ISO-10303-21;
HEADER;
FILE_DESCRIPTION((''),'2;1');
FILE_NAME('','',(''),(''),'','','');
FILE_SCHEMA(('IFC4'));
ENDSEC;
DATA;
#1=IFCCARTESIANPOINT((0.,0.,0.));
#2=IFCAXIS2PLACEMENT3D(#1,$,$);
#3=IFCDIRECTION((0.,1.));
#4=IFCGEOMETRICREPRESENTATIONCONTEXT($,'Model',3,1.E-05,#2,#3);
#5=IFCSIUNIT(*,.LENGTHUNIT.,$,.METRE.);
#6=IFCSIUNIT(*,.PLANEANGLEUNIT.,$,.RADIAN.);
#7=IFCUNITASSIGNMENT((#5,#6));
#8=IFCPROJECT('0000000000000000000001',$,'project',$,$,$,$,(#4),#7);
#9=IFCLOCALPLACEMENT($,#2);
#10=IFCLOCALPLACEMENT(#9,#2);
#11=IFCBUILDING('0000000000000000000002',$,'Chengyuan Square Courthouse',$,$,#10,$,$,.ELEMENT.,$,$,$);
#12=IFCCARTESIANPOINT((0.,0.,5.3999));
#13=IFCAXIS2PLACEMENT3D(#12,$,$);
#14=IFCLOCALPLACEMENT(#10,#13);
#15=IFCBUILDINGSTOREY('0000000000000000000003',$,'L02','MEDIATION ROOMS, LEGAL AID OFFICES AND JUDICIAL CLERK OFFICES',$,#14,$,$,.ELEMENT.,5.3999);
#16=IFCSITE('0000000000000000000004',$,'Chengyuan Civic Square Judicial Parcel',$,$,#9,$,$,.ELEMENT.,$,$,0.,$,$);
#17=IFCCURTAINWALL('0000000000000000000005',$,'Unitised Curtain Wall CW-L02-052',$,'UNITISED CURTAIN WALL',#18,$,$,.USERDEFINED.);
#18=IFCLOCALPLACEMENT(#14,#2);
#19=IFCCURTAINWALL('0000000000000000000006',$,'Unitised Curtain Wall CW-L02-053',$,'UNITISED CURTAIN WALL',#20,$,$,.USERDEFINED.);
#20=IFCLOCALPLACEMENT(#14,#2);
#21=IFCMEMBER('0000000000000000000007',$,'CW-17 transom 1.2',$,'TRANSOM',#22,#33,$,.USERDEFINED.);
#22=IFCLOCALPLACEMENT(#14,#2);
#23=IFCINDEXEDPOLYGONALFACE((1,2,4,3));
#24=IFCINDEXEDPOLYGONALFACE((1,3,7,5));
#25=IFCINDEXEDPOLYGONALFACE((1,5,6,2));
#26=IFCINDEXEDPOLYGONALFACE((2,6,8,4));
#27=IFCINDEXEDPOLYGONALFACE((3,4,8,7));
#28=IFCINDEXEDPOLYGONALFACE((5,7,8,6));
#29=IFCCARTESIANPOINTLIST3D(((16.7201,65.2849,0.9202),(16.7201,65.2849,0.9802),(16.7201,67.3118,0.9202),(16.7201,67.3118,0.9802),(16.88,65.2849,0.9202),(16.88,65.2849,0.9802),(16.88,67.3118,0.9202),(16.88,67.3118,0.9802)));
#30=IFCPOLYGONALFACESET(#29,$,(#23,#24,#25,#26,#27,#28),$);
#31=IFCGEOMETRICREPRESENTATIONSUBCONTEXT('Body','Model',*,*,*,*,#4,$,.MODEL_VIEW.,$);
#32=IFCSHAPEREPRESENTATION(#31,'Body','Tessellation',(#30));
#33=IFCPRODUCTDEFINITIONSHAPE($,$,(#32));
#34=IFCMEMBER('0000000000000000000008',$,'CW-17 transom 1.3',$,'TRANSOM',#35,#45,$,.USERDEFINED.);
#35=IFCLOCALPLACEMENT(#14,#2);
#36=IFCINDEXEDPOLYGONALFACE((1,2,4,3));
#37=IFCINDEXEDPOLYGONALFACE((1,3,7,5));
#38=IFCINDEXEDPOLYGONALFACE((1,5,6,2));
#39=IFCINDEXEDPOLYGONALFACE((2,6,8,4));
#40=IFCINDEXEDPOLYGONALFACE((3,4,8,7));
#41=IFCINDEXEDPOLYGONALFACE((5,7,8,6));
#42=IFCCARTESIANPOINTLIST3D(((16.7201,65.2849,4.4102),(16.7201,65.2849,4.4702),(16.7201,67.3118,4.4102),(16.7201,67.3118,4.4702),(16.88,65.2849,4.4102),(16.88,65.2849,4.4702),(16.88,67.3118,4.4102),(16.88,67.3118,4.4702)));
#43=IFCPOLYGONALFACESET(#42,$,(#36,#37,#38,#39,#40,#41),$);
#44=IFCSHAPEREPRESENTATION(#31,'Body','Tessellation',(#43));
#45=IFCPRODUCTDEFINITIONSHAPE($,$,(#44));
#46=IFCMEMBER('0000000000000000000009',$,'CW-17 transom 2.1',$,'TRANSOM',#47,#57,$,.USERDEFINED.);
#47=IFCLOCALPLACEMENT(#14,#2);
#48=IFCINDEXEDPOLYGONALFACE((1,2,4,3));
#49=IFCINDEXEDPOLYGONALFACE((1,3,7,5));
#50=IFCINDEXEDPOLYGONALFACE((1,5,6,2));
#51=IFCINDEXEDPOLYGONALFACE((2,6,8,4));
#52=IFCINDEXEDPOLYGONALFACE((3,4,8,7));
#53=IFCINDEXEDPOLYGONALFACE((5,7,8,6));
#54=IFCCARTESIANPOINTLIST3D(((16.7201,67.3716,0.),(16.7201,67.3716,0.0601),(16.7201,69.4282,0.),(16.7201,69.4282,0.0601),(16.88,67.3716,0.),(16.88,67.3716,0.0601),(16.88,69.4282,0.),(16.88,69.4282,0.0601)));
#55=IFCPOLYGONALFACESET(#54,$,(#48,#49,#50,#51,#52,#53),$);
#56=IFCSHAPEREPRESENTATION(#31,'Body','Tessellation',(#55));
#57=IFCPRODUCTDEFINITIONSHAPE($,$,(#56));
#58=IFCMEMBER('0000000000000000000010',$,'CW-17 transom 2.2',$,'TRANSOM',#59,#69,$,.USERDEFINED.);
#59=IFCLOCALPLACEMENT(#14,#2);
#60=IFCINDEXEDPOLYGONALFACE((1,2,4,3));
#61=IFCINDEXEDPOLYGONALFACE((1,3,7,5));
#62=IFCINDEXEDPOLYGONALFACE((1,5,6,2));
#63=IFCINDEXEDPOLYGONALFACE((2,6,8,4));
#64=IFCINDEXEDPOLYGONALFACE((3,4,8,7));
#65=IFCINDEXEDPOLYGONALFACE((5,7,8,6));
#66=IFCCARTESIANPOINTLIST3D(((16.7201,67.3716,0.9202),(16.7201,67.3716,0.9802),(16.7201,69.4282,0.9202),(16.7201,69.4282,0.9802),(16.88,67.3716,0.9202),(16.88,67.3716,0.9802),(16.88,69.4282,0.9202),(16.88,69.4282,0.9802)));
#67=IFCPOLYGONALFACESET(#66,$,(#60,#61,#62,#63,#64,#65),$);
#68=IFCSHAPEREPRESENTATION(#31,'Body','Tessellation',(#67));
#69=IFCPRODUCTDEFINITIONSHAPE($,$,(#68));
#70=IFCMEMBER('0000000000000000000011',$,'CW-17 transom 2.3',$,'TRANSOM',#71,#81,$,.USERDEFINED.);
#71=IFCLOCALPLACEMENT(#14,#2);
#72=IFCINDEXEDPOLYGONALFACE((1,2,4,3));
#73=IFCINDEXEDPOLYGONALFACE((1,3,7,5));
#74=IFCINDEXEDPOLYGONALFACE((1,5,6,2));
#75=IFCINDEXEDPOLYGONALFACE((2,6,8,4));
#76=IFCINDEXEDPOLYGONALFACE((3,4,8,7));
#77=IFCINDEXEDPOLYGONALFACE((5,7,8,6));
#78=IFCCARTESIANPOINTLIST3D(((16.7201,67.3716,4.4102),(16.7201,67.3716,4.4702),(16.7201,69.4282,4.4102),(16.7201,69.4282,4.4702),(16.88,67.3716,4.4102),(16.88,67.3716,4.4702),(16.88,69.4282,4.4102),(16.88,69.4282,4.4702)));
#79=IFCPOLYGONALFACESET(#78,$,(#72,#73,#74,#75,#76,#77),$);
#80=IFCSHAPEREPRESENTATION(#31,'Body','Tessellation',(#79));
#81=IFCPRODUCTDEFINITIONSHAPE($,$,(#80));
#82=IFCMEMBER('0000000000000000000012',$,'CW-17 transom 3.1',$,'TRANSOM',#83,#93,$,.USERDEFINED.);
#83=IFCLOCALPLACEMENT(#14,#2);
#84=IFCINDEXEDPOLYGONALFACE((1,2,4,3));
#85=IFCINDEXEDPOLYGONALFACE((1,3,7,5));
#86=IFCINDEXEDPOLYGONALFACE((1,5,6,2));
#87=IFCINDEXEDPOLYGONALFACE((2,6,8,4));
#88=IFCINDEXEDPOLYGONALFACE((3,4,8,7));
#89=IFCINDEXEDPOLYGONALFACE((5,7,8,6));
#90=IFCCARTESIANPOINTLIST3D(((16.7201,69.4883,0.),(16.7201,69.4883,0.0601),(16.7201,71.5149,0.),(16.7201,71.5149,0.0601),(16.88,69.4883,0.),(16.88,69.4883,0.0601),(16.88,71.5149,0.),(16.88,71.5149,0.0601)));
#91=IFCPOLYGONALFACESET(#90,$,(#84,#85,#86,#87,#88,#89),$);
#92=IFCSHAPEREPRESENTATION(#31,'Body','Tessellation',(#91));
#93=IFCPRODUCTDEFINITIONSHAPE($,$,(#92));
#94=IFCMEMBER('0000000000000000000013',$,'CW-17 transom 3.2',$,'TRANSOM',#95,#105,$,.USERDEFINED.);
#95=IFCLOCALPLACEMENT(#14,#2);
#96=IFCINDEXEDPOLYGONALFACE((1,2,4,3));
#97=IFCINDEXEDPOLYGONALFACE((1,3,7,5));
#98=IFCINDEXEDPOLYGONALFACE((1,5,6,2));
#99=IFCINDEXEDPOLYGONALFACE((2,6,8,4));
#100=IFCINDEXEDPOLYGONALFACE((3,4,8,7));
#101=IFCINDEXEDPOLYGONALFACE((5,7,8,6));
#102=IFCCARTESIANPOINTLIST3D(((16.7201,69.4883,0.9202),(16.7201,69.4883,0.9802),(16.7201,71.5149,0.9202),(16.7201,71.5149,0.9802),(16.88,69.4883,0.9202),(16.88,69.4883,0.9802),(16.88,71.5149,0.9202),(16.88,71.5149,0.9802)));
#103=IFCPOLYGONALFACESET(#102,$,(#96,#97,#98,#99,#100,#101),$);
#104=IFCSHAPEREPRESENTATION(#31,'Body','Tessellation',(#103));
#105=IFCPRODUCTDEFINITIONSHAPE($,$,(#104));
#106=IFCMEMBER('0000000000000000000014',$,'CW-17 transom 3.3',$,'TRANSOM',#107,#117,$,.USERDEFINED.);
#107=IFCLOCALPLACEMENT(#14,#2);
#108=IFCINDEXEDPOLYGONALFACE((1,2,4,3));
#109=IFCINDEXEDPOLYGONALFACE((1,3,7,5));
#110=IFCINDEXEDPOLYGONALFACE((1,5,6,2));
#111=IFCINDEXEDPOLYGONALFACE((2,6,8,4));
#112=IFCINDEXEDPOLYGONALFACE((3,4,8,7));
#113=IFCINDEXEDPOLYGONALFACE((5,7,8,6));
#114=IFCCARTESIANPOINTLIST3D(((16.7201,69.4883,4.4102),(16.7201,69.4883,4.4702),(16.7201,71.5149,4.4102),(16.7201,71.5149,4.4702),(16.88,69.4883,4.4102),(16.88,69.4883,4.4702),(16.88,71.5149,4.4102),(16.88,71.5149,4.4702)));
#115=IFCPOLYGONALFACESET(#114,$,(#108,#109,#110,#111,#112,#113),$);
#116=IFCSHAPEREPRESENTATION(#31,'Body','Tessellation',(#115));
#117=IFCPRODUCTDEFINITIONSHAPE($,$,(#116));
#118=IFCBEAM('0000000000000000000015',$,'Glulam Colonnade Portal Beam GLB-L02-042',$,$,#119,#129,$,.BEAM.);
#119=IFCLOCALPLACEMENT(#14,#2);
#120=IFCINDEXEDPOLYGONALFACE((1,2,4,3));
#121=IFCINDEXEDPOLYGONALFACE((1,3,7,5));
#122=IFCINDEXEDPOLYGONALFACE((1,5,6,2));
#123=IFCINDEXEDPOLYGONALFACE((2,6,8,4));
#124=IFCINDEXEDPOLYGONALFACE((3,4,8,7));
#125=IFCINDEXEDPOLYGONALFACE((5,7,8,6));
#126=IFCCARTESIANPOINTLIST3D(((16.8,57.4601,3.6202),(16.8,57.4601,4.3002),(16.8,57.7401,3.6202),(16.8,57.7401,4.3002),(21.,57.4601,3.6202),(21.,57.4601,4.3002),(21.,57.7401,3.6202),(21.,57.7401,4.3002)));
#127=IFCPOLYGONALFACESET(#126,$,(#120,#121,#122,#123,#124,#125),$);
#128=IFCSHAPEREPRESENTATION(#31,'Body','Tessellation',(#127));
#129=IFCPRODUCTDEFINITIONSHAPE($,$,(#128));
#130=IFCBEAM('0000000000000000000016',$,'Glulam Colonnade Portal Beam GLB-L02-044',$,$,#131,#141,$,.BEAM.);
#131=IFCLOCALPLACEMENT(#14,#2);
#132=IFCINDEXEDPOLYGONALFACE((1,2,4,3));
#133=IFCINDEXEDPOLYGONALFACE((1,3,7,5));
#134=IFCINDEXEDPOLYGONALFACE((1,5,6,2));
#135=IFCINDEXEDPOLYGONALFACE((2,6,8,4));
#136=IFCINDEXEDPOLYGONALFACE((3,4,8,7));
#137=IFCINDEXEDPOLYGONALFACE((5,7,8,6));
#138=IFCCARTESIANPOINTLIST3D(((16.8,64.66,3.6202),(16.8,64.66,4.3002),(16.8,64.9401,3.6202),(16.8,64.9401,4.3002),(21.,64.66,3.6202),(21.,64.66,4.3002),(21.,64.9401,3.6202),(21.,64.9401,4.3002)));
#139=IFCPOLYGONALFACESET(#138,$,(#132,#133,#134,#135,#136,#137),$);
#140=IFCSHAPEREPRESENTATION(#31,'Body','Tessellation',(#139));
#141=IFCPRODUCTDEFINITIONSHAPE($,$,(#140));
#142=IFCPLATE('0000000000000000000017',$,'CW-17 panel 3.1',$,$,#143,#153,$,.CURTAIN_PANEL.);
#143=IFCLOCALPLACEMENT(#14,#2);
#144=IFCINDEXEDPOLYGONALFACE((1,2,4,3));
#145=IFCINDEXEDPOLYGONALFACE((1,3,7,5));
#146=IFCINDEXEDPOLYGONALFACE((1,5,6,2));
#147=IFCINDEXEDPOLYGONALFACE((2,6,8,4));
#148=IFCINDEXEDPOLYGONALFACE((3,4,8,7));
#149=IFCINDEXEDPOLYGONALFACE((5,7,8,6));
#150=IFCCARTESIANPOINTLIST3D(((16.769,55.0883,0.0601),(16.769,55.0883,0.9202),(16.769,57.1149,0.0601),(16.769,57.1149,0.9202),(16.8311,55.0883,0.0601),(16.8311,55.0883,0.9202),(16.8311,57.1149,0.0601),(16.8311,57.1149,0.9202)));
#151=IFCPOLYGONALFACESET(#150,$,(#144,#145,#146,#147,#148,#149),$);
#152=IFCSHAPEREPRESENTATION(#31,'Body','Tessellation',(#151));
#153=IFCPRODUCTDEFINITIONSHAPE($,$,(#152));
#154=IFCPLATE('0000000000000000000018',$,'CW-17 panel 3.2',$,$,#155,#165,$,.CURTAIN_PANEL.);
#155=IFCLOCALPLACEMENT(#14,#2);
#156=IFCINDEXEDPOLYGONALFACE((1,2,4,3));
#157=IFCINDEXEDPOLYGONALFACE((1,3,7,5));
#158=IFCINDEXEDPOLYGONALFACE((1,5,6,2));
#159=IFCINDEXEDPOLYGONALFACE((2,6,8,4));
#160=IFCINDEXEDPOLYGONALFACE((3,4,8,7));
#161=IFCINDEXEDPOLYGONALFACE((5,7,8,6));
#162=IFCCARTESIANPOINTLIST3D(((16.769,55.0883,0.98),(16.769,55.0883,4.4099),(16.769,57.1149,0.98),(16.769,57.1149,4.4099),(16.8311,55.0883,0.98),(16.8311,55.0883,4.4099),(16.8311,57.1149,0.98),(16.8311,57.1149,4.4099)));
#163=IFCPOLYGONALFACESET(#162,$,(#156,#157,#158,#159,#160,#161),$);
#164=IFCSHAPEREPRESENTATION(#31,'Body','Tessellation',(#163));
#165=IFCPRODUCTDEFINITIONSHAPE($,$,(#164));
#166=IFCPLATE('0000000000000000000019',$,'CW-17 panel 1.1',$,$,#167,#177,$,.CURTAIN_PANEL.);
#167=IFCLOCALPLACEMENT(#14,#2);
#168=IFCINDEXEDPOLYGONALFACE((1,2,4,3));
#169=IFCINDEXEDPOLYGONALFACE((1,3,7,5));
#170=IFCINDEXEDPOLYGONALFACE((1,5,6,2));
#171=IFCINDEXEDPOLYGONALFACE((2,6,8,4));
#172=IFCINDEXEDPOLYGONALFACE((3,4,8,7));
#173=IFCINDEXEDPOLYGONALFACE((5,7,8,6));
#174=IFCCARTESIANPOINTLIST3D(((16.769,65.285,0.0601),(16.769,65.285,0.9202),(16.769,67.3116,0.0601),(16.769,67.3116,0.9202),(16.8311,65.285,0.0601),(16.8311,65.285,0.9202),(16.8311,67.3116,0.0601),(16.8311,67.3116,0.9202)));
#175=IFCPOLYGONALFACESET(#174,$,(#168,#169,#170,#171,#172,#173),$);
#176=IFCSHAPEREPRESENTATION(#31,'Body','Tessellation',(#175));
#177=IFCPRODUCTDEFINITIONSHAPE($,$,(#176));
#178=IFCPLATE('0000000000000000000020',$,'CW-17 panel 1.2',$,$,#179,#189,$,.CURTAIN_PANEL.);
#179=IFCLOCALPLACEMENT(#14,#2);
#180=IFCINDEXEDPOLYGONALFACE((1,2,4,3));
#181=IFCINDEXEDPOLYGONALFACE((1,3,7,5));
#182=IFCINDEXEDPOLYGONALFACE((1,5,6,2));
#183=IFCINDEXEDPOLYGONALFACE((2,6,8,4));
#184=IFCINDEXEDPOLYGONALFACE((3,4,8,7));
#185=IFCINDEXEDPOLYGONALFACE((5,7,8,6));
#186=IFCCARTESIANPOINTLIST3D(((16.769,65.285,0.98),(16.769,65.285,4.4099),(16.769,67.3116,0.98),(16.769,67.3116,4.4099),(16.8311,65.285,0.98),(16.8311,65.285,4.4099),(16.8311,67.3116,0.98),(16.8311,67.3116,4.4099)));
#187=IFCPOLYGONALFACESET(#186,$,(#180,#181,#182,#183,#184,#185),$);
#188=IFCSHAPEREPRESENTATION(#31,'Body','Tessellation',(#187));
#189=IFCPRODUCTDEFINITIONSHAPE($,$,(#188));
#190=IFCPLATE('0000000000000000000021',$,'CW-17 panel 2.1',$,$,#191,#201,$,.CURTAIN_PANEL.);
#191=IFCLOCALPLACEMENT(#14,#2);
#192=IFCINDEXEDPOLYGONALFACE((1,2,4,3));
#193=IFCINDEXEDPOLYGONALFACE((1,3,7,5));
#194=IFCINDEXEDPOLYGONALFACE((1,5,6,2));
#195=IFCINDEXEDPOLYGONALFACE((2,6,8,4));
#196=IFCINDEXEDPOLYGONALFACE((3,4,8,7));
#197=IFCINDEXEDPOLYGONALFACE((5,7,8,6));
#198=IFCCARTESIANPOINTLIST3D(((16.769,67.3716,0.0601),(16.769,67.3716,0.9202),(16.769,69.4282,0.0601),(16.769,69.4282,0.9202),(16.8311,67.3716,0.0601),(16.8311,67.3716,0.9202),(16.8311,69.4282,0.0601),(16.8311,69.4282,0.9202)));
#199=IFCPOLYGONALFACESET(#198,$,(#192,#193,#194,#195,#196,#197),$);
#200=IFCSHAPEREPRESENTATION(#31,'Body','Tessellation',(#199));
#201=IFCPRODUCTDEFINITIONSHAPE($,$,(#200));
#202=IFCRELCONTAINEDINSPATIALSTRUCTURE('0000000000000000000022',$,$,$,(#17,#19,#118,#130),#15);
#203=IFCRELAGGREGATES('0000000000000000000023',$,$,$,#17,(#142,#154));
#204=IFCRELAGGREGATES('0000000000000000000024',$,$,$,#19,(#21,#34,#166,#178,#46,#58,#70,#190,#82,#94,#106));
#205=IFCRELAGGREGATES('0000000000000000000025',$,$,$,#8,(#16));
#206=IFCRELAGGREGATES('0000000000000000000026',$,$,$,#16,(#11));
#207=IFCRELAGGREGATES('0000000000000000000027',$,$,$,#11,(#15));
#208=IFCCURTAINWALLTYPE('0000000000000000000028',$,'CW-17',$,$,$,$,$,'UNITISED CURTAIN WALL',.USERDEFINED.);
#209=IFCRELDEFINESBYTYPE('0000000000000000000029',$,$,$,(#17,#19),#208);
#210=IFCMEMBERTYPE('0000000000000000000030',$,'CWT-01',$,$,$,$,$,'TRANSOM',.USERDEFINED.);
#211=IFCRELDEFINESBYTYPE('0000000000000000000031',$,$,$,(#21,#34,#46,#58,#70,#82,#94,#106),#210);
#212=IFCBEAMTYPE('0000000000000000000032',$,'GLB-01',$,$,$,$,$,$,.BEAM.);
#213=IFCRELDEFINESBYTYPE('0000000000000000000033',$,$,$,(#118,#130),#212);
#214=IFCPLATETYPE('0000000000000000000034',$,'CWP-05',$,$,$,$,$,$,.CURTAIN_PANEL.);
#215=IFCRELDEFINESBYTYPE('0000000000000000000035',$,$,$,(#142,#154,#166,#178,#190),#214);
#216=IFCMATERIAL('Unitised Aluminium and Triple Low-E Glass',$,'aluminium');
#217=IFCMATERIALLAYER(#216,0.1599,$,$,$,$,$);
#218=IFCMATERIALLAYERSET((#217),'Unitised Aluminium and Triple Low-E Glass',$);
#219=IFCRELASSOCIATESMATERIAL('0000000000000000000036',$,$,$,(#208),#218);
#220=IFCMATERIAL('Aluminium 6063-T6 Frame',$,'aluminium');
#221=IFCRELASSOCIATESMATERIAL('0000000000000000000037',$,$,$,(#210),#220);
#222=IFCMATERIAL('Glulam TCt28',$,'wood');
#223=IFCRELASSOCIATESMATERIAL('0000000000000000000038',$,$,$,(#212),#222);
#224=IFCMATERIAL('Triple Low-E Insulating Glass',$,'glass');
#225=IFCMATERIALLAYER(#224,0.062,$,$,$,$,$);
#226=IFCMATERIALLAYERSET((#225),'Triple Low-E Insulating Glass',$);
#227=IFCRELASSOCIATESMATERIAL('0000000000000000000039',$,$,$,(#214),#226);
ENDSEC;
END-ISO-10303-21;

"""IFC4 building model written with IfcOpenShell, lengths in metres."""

from ifc_helpers import new_model, si_unit, direction, frame, origin, origin_2d, place, context, subcontext, project, spatial, rectangle, extrude, material, layer, layer_set, material_profile, profile_set, type_object, element, aggregate, save


model = new_model("IFC4")

# Units and contexts
model_context = context("Model", 3, precision=1e-05, world=origin(), true_north=direction((0.0, 1.0)))
body_context = subcontext(model_context, "Body", "Model", "MODEL_VIEW")
ifc_project = project(units=[si_unit("LENGTHUNIT", "METRE"), si_unit("PLANEANGLEUNIT", "RADIAN")], contexts=[model_context])

# Site, building, storey
site_placement = place(None, origin())
site = spatial("IfcSite", under=ifc_project, at=site_placement, Name="Chengyuan Civic Square Judicial Parcel", CompositionType="ELEMENT", RefElevation=0.0)
building_placement = place(site_placement, origin())
building = spatial("IfcBuilding", under=site, at=building_placement, Name="Chengyuan Square Courthouse", CompositionType="ELEMENT")
storey_placement = place(building_placement, frame((0.0, 0.0, 5.3999)))
storey = spatial("IfcBuildingStorey", under=building, at=storey_placement, Name="L02", Description="MEDIATION ROOMS, LEGAL AID OFFICES AND JUDICIAL CLERK OFFICES", CompositionType="ELEMENT", Elevation=5.3999)

# Curtain wall
ifc_material_1 = material(Name="Unitised Aluminium and Triple Low-E Glass", Category="aluminium")
ifc_layer_1 = layer(ifc_material_1, 0.1599)
ifc_layer_set_1 = layer_set([ifc_layer_1], Name="Unitised Aluminium and Triple Low-E Glass")
curtain_wall_type = type_object("IfcCurtainWallType", Name="CW-17", ElementType="UNITISED CURTAIN WALL", PredefinedType="USERDEFINED", material=ifc_layer_set_1)
curtain_wall_1_placement = place(storey_placement, origin())
curtain_wall_1 = element("IfcCurtainWall", 1, at=curtain_wall_1_placement, inside=storey, type_object=curtain_wall_type, Name="Unitised Curtain Wall CW-L02-052", ObjectType="UNITISED CURTAIN WALL", PredefinedType="USERDEFINED")
ifc_material_2 = material(Name="Aluminium 6063-T6 Frame", Category="aluminium")

# Curtain wall
curtain_wall_2_placement = place(storey_placement, origin())
curtain_wall_2 = element("IfcCurtainWall", 2, at=curtain_wall_2_placement, inside=storey, type_object=curtain_wall_type, Name="Unitised Curtain Wall CW-L02-053", ObjectType="UNITISED CURTAIN WALL", PredefinedType="USERDEFINED")

# Members
ifc_material_profile_1 = material_profile(ifc_material_2, rectangle(XDim=0.1599, YDim=0.0601, at=origin_2d()), Name="CW-TRN-60x120")
ifc_profile_set_1 = profile_set([ifc_material_profile_1], Name="Aluminium 6063-T6 Frame")
member_type_1 = type_object("IfcMemberType", Name="CWT-01", ElementType="TRANSOM", PredefinedType="USERDEFINED", material=ifc_profile_set_1)
member_1_placement = place(storey_placement, frame((16.8, 65.2849, 0.9502), z_axis=(0.0, 1.0, 0.0), x_axis=(-1.0, 0.0, 0.0)))
member_1 = element("IfcMember", 3, at=member_1_placement, type_object=member_type_1, Name="CW-17 transom 1.2", ObjectType="TRANSOM", PredefinedType="USERDEFINED", context=body_context, shape_type="SweptSolid", body=[
    extrude(rectangle(XDim=0.1599, YDim=0.0601, at=origin_2d()), origin(), (0.0, 0.0, 1.0), 2.0269),
])
member_2_placement = place(storey_placement, frame((16.8, 65.2849, 4.4402), z_axis=(0.0, 1.0, 0.0), x_axis=(-1.0, 0.0, 0.0)))
member_2 = element("IfcMember", 4, at=member_2_placement, type_object=member_type_1, Name="CW-17 transom 1.3", ObjectType="TRANSOM", PredefinedType="USERDEFINED", context=body_context, shape_type="SweptSolid", body=[
    extrude(rectangle(XDim=0.1599, YDim=0.0601, at=origin_2d()), origin(), (0.0, 0.0, 1.0), 2.0269),
])
member_3_placement = place(storey_placement, frame((16.8, 67.3716, 0.03), z_axis=(0.0, 1.0, 0.0), x_axis=(-1.0, 0.0, 0.0)))
member_3 = element("IfcMember", 5, at=member_3_placement, type_object=member_type_1, Name="CW-17 transom 2.1", ObjectType="TRANSOM", PredefinedType="USERDEFINED", context=body_context, shape_type="SweptSolid", body=[
    extrude(rectangle(XDim=0.1599, YDim=0.0601, at=origin_2d()), origin(), (0.0, 0.0, 1.0), 2.0566),
])
member_4_placement = place(storey_placement, frame((16.8, 67.3716, 0.9502), z_axis=(0.0, 1.0, 0.0), x_axis=(-1.0, 0.0, 0.0)))
member_4 = element("IfcMember", 6, at=member_4_placement, type_object=member_type_1, Name="CW-17 transom 2.2", ObjectType="TRANSOM", PredefinedType="USERDEFINED", context=body_context, shape_type="SweptSolid", body=[
    extrude(rectangle(XDim=0.1599, YDim=0.0601, at=origin_2d()), origin(), (0.0, 0.0, 1.0), 2.0566),
])
member_5_placement = place(storey_placement, frame((16.8, 67.3716, 4.4402), z_axis=(0.0, 1.0, 0.0), x_axis=(-1.0, 0.0, 0.0)))
member_5 = element("IfcMember", 7, at=member_5_placement, type_object=member_type_1, Name="CW-17 transom 2.3", ObjectType="TRANSOM", PredefinedType="USERDEFINED", context=body_context, shape_type="SweptSolid", body=[
    extrude(rectangle(XDim=0.1599, YDim=0.0601, at=origin_2d()), origin(), (0.0, 0.0, 1.0), 2.0566),
])
member_6_placement = place(storey_placement, frame((16.8, 69.4883, 0.03), z_axis=(0.0, 1.0, 0.0), x_axis=(-1.0, 0.0, 0.0)))
member_6 = element("IfcMember", 8, at=member_6_placement, type_object=member_type_1, Name="CW-17 transom 3.1", ObjectType="TRANSOM", PredefinedType="USERDEFINED", context=body_context, shape_type="SweptSolid", body=[
    extrude(rectangle(XDim=0.1599, YDim=0.0601, at=origin_2d()), origin(), (0.0, 0.0, 1.0), 2.0266),
])
member_7_placement = place(storey_placement, frame((16.8, 69.4883, 0.9502), z_axis=(0.0, 1.0, 0.0), x_axis=(-1.0, 0.0, 0.0)))
member_7 = element("IfcMember", 9, at=member_7_placement, type_object=member_type_1, Name="CW-17 transom 3.2", ObjectType="TRANSOM", PredefinedType="USERDEFINED", context=body_context, shape_type="SweptSolid", body=[
    extrude(rectangle(XDim=0.1599, YDim=0.0601, at=origin_2d()), origin(), (0.0, 0.0, 1.0), 2.0266),
])
member_8_placement = place(storey_placement, frame((16.8, 69.4883, 4.4402), z_axis=(0.0, 1.0, 0.0), x_axis=(-1.0, 0.0, 0.0)))
member_8 = element("IfcMember", 10, at=member_8_placement, type_object=member_type_1, Name="CW-17 transom 3.3", ObjectType="TRANSOM", PredefinedType="USERDEFINED", context=body_context, shape_type="SweptSolid", body=[
    extrude(rectangle(XDim=0.1599, YDim=0.0601, at=origin_2d()), origin(), (0.0, 0.0, 1.0), 2.0266),
])

# Beams
ifc_material_3 = material(Name="Glulam TCt28", Category="wood")
ifc_material_profile_2 = material_profile(ifc_material_3, rectangle(XDim=0.28, YDim=0.6799, at=origin_2d()), Name="GL-BM-280x680")
ifc_profile_set_2 = profile_set([ifc_material_profile_2], Name="Glulam TCt28")
beam_type_1 = type_object("IfcBeamType", Name="GLB-01", PredefinedType="BEAM", material=ifc_profile_set_2)
for number, where, z_axis, x_axis, name in (
    (11, (16.8, 57.6001, 3.9602), (1.0, 0.0, 0.0), (0.0, 1.0, 0.0), "Glulam Colonnade Portal Beam GLB-L02-042"),
    (12, (16.8, 64.8, 3.9602), (1.0, 0.0, 0.0), (0.0, 1.0, 0.0), "Glulam Colonnade Portal Beam GLB-L02-044"),
):
    element("IfcBeam", number, at=place(storey_placement, frame(where, z_axis=z_axis, x_axis=x_axis)), inside=storey, type_object=beam_type_1, Name=name, PredefinedType="BEAM", context=body_context, shape_type="SweptSolid", body=[
        extrude(rectangle(XDim=0.28, YDim=0.6799, at=origin_2d()), origin(), (0.0, 0.0, 1.0), 4.2),
    ])

# Plates
ifc_material_4 = material(Name="Triple Low-E Insulating Glass", Category="glass")
ifc_layer_2 = layer(ifc_material_4, 0.062)
ifc_layer_set_2 = layer_set([ifc_layer_2], Name="Triple Low-E Insulating Glass")
plate_type = type_object("IfcPlateType", Name="CWP-05", PredefinedType="CURTAIN_PANEL", material=ifc_layer_set_2)
plate_1_placement = place(storey_placement, frame((16.8, 56.1016, 0.0601), z_axis=(0.0, 0.0, 1.0), x_axis=(0.0, 1.0, 0.0)))
plate_1 = element("IfcPlate", 13, at=plate_1_placement, type_object=plate_type, Name="CW-17 panel 3.1", PredefinedType="CURTAIN_PANEL", context=body_context, shape_type="SweptSolid", body=[
    extrude(rectangle(XDim=2.0266, YDim=0.062, at=origin_2d()), origin(), (0.0, 0.0, 1.0), 0.8601),
])
plate_2_placement = place(storey_placement, frame((16.8, 56.1016, 0.98), z_axis=(0.0, 0.0, 1.0), x_axis=(0.0, 1.0, 0.0)))
plate_2 = element("IfcPlate", 14, at=plate_2_placement, type_object=plate_type, Name="CW-17 panel 3.2", PredefinedType="CURTAIN_PANEL", context=body_context, shape_type="SweptSolid", body=[
    extrude(rectangle(XDim=2.0266, YDim=0.062, at=origin_2d()), origin(), (0.0, 0.0, 1.0), 3.4299),
])
aggregate(curtain_wall_1, [plate_1, plate_2])
plate_3_placement = place(storey_placement, frame((16.8, 66.2983, 0.0601), z_axis=(0.0, 0.0, 1.0), x_axis=(0.0, 1.0, 0.0)))
plate_3 = element("IfcPlate", 15, at=plate_3_placement, type_object=plate_type, Name="CW-17 panel 1.1", PredefinedType="CURTAIN_PANEL", context=body_context, shape_type="SweptSolid", body=[
    extrude(rectangle(XDim=2.0266, YDim=0.062, at=origin_2d()), origin(), (0.0, 0.0, 1.0), 0.8601),
])
plate_4_placement = place(storey_placement, frame((16.8, 66.2983, 0.98), z_axis=(0.0, 0.0, 1.0), x_axis=(0.0, 1.0, 0.0)))
plate_4 = element("IfcPlate", 16, at=plate_4_placement, type_object=plate_type, Name="CW-17 panel 1.2", PredefinedType="CURTAIN_PANEL", context=body_context, shape_type="SweptSolid", body=[
    extrude(rectangle(XDim=2.0266, YDim=0.062, at=origin_2d()), origin(), (0.0, 0.0, 1.0), 3.4299),
])
plate_5_placement = place(storey_placement, frame((16.8, 68.3999, 0.0601), z_axis=(0.0, 0.0, 1.0), x_axis=(0.0, 1.0, 0.0)))
plate_5 = element("IfcPlate", 17, at=plate_5_placement, type_object=plate_type, Name="CW-17 panel 2.1", PredefinedType="CURTAIN_PANEL", context=body_context, shape_type="SweptSolid", body=[
    extrude(rectangle(XDim=2.0566, YDim=0.062, at=origin_2d()), origin(), (0.0, 0.0, 1.0), 0.8601),
])
aggregate(curtain_wall_2, [member_1, member_2, plate_3, plate_4, member_3, member_4, member_5, plate_5, member_6, member_7, member_8])

save(model, "model.ifc")
